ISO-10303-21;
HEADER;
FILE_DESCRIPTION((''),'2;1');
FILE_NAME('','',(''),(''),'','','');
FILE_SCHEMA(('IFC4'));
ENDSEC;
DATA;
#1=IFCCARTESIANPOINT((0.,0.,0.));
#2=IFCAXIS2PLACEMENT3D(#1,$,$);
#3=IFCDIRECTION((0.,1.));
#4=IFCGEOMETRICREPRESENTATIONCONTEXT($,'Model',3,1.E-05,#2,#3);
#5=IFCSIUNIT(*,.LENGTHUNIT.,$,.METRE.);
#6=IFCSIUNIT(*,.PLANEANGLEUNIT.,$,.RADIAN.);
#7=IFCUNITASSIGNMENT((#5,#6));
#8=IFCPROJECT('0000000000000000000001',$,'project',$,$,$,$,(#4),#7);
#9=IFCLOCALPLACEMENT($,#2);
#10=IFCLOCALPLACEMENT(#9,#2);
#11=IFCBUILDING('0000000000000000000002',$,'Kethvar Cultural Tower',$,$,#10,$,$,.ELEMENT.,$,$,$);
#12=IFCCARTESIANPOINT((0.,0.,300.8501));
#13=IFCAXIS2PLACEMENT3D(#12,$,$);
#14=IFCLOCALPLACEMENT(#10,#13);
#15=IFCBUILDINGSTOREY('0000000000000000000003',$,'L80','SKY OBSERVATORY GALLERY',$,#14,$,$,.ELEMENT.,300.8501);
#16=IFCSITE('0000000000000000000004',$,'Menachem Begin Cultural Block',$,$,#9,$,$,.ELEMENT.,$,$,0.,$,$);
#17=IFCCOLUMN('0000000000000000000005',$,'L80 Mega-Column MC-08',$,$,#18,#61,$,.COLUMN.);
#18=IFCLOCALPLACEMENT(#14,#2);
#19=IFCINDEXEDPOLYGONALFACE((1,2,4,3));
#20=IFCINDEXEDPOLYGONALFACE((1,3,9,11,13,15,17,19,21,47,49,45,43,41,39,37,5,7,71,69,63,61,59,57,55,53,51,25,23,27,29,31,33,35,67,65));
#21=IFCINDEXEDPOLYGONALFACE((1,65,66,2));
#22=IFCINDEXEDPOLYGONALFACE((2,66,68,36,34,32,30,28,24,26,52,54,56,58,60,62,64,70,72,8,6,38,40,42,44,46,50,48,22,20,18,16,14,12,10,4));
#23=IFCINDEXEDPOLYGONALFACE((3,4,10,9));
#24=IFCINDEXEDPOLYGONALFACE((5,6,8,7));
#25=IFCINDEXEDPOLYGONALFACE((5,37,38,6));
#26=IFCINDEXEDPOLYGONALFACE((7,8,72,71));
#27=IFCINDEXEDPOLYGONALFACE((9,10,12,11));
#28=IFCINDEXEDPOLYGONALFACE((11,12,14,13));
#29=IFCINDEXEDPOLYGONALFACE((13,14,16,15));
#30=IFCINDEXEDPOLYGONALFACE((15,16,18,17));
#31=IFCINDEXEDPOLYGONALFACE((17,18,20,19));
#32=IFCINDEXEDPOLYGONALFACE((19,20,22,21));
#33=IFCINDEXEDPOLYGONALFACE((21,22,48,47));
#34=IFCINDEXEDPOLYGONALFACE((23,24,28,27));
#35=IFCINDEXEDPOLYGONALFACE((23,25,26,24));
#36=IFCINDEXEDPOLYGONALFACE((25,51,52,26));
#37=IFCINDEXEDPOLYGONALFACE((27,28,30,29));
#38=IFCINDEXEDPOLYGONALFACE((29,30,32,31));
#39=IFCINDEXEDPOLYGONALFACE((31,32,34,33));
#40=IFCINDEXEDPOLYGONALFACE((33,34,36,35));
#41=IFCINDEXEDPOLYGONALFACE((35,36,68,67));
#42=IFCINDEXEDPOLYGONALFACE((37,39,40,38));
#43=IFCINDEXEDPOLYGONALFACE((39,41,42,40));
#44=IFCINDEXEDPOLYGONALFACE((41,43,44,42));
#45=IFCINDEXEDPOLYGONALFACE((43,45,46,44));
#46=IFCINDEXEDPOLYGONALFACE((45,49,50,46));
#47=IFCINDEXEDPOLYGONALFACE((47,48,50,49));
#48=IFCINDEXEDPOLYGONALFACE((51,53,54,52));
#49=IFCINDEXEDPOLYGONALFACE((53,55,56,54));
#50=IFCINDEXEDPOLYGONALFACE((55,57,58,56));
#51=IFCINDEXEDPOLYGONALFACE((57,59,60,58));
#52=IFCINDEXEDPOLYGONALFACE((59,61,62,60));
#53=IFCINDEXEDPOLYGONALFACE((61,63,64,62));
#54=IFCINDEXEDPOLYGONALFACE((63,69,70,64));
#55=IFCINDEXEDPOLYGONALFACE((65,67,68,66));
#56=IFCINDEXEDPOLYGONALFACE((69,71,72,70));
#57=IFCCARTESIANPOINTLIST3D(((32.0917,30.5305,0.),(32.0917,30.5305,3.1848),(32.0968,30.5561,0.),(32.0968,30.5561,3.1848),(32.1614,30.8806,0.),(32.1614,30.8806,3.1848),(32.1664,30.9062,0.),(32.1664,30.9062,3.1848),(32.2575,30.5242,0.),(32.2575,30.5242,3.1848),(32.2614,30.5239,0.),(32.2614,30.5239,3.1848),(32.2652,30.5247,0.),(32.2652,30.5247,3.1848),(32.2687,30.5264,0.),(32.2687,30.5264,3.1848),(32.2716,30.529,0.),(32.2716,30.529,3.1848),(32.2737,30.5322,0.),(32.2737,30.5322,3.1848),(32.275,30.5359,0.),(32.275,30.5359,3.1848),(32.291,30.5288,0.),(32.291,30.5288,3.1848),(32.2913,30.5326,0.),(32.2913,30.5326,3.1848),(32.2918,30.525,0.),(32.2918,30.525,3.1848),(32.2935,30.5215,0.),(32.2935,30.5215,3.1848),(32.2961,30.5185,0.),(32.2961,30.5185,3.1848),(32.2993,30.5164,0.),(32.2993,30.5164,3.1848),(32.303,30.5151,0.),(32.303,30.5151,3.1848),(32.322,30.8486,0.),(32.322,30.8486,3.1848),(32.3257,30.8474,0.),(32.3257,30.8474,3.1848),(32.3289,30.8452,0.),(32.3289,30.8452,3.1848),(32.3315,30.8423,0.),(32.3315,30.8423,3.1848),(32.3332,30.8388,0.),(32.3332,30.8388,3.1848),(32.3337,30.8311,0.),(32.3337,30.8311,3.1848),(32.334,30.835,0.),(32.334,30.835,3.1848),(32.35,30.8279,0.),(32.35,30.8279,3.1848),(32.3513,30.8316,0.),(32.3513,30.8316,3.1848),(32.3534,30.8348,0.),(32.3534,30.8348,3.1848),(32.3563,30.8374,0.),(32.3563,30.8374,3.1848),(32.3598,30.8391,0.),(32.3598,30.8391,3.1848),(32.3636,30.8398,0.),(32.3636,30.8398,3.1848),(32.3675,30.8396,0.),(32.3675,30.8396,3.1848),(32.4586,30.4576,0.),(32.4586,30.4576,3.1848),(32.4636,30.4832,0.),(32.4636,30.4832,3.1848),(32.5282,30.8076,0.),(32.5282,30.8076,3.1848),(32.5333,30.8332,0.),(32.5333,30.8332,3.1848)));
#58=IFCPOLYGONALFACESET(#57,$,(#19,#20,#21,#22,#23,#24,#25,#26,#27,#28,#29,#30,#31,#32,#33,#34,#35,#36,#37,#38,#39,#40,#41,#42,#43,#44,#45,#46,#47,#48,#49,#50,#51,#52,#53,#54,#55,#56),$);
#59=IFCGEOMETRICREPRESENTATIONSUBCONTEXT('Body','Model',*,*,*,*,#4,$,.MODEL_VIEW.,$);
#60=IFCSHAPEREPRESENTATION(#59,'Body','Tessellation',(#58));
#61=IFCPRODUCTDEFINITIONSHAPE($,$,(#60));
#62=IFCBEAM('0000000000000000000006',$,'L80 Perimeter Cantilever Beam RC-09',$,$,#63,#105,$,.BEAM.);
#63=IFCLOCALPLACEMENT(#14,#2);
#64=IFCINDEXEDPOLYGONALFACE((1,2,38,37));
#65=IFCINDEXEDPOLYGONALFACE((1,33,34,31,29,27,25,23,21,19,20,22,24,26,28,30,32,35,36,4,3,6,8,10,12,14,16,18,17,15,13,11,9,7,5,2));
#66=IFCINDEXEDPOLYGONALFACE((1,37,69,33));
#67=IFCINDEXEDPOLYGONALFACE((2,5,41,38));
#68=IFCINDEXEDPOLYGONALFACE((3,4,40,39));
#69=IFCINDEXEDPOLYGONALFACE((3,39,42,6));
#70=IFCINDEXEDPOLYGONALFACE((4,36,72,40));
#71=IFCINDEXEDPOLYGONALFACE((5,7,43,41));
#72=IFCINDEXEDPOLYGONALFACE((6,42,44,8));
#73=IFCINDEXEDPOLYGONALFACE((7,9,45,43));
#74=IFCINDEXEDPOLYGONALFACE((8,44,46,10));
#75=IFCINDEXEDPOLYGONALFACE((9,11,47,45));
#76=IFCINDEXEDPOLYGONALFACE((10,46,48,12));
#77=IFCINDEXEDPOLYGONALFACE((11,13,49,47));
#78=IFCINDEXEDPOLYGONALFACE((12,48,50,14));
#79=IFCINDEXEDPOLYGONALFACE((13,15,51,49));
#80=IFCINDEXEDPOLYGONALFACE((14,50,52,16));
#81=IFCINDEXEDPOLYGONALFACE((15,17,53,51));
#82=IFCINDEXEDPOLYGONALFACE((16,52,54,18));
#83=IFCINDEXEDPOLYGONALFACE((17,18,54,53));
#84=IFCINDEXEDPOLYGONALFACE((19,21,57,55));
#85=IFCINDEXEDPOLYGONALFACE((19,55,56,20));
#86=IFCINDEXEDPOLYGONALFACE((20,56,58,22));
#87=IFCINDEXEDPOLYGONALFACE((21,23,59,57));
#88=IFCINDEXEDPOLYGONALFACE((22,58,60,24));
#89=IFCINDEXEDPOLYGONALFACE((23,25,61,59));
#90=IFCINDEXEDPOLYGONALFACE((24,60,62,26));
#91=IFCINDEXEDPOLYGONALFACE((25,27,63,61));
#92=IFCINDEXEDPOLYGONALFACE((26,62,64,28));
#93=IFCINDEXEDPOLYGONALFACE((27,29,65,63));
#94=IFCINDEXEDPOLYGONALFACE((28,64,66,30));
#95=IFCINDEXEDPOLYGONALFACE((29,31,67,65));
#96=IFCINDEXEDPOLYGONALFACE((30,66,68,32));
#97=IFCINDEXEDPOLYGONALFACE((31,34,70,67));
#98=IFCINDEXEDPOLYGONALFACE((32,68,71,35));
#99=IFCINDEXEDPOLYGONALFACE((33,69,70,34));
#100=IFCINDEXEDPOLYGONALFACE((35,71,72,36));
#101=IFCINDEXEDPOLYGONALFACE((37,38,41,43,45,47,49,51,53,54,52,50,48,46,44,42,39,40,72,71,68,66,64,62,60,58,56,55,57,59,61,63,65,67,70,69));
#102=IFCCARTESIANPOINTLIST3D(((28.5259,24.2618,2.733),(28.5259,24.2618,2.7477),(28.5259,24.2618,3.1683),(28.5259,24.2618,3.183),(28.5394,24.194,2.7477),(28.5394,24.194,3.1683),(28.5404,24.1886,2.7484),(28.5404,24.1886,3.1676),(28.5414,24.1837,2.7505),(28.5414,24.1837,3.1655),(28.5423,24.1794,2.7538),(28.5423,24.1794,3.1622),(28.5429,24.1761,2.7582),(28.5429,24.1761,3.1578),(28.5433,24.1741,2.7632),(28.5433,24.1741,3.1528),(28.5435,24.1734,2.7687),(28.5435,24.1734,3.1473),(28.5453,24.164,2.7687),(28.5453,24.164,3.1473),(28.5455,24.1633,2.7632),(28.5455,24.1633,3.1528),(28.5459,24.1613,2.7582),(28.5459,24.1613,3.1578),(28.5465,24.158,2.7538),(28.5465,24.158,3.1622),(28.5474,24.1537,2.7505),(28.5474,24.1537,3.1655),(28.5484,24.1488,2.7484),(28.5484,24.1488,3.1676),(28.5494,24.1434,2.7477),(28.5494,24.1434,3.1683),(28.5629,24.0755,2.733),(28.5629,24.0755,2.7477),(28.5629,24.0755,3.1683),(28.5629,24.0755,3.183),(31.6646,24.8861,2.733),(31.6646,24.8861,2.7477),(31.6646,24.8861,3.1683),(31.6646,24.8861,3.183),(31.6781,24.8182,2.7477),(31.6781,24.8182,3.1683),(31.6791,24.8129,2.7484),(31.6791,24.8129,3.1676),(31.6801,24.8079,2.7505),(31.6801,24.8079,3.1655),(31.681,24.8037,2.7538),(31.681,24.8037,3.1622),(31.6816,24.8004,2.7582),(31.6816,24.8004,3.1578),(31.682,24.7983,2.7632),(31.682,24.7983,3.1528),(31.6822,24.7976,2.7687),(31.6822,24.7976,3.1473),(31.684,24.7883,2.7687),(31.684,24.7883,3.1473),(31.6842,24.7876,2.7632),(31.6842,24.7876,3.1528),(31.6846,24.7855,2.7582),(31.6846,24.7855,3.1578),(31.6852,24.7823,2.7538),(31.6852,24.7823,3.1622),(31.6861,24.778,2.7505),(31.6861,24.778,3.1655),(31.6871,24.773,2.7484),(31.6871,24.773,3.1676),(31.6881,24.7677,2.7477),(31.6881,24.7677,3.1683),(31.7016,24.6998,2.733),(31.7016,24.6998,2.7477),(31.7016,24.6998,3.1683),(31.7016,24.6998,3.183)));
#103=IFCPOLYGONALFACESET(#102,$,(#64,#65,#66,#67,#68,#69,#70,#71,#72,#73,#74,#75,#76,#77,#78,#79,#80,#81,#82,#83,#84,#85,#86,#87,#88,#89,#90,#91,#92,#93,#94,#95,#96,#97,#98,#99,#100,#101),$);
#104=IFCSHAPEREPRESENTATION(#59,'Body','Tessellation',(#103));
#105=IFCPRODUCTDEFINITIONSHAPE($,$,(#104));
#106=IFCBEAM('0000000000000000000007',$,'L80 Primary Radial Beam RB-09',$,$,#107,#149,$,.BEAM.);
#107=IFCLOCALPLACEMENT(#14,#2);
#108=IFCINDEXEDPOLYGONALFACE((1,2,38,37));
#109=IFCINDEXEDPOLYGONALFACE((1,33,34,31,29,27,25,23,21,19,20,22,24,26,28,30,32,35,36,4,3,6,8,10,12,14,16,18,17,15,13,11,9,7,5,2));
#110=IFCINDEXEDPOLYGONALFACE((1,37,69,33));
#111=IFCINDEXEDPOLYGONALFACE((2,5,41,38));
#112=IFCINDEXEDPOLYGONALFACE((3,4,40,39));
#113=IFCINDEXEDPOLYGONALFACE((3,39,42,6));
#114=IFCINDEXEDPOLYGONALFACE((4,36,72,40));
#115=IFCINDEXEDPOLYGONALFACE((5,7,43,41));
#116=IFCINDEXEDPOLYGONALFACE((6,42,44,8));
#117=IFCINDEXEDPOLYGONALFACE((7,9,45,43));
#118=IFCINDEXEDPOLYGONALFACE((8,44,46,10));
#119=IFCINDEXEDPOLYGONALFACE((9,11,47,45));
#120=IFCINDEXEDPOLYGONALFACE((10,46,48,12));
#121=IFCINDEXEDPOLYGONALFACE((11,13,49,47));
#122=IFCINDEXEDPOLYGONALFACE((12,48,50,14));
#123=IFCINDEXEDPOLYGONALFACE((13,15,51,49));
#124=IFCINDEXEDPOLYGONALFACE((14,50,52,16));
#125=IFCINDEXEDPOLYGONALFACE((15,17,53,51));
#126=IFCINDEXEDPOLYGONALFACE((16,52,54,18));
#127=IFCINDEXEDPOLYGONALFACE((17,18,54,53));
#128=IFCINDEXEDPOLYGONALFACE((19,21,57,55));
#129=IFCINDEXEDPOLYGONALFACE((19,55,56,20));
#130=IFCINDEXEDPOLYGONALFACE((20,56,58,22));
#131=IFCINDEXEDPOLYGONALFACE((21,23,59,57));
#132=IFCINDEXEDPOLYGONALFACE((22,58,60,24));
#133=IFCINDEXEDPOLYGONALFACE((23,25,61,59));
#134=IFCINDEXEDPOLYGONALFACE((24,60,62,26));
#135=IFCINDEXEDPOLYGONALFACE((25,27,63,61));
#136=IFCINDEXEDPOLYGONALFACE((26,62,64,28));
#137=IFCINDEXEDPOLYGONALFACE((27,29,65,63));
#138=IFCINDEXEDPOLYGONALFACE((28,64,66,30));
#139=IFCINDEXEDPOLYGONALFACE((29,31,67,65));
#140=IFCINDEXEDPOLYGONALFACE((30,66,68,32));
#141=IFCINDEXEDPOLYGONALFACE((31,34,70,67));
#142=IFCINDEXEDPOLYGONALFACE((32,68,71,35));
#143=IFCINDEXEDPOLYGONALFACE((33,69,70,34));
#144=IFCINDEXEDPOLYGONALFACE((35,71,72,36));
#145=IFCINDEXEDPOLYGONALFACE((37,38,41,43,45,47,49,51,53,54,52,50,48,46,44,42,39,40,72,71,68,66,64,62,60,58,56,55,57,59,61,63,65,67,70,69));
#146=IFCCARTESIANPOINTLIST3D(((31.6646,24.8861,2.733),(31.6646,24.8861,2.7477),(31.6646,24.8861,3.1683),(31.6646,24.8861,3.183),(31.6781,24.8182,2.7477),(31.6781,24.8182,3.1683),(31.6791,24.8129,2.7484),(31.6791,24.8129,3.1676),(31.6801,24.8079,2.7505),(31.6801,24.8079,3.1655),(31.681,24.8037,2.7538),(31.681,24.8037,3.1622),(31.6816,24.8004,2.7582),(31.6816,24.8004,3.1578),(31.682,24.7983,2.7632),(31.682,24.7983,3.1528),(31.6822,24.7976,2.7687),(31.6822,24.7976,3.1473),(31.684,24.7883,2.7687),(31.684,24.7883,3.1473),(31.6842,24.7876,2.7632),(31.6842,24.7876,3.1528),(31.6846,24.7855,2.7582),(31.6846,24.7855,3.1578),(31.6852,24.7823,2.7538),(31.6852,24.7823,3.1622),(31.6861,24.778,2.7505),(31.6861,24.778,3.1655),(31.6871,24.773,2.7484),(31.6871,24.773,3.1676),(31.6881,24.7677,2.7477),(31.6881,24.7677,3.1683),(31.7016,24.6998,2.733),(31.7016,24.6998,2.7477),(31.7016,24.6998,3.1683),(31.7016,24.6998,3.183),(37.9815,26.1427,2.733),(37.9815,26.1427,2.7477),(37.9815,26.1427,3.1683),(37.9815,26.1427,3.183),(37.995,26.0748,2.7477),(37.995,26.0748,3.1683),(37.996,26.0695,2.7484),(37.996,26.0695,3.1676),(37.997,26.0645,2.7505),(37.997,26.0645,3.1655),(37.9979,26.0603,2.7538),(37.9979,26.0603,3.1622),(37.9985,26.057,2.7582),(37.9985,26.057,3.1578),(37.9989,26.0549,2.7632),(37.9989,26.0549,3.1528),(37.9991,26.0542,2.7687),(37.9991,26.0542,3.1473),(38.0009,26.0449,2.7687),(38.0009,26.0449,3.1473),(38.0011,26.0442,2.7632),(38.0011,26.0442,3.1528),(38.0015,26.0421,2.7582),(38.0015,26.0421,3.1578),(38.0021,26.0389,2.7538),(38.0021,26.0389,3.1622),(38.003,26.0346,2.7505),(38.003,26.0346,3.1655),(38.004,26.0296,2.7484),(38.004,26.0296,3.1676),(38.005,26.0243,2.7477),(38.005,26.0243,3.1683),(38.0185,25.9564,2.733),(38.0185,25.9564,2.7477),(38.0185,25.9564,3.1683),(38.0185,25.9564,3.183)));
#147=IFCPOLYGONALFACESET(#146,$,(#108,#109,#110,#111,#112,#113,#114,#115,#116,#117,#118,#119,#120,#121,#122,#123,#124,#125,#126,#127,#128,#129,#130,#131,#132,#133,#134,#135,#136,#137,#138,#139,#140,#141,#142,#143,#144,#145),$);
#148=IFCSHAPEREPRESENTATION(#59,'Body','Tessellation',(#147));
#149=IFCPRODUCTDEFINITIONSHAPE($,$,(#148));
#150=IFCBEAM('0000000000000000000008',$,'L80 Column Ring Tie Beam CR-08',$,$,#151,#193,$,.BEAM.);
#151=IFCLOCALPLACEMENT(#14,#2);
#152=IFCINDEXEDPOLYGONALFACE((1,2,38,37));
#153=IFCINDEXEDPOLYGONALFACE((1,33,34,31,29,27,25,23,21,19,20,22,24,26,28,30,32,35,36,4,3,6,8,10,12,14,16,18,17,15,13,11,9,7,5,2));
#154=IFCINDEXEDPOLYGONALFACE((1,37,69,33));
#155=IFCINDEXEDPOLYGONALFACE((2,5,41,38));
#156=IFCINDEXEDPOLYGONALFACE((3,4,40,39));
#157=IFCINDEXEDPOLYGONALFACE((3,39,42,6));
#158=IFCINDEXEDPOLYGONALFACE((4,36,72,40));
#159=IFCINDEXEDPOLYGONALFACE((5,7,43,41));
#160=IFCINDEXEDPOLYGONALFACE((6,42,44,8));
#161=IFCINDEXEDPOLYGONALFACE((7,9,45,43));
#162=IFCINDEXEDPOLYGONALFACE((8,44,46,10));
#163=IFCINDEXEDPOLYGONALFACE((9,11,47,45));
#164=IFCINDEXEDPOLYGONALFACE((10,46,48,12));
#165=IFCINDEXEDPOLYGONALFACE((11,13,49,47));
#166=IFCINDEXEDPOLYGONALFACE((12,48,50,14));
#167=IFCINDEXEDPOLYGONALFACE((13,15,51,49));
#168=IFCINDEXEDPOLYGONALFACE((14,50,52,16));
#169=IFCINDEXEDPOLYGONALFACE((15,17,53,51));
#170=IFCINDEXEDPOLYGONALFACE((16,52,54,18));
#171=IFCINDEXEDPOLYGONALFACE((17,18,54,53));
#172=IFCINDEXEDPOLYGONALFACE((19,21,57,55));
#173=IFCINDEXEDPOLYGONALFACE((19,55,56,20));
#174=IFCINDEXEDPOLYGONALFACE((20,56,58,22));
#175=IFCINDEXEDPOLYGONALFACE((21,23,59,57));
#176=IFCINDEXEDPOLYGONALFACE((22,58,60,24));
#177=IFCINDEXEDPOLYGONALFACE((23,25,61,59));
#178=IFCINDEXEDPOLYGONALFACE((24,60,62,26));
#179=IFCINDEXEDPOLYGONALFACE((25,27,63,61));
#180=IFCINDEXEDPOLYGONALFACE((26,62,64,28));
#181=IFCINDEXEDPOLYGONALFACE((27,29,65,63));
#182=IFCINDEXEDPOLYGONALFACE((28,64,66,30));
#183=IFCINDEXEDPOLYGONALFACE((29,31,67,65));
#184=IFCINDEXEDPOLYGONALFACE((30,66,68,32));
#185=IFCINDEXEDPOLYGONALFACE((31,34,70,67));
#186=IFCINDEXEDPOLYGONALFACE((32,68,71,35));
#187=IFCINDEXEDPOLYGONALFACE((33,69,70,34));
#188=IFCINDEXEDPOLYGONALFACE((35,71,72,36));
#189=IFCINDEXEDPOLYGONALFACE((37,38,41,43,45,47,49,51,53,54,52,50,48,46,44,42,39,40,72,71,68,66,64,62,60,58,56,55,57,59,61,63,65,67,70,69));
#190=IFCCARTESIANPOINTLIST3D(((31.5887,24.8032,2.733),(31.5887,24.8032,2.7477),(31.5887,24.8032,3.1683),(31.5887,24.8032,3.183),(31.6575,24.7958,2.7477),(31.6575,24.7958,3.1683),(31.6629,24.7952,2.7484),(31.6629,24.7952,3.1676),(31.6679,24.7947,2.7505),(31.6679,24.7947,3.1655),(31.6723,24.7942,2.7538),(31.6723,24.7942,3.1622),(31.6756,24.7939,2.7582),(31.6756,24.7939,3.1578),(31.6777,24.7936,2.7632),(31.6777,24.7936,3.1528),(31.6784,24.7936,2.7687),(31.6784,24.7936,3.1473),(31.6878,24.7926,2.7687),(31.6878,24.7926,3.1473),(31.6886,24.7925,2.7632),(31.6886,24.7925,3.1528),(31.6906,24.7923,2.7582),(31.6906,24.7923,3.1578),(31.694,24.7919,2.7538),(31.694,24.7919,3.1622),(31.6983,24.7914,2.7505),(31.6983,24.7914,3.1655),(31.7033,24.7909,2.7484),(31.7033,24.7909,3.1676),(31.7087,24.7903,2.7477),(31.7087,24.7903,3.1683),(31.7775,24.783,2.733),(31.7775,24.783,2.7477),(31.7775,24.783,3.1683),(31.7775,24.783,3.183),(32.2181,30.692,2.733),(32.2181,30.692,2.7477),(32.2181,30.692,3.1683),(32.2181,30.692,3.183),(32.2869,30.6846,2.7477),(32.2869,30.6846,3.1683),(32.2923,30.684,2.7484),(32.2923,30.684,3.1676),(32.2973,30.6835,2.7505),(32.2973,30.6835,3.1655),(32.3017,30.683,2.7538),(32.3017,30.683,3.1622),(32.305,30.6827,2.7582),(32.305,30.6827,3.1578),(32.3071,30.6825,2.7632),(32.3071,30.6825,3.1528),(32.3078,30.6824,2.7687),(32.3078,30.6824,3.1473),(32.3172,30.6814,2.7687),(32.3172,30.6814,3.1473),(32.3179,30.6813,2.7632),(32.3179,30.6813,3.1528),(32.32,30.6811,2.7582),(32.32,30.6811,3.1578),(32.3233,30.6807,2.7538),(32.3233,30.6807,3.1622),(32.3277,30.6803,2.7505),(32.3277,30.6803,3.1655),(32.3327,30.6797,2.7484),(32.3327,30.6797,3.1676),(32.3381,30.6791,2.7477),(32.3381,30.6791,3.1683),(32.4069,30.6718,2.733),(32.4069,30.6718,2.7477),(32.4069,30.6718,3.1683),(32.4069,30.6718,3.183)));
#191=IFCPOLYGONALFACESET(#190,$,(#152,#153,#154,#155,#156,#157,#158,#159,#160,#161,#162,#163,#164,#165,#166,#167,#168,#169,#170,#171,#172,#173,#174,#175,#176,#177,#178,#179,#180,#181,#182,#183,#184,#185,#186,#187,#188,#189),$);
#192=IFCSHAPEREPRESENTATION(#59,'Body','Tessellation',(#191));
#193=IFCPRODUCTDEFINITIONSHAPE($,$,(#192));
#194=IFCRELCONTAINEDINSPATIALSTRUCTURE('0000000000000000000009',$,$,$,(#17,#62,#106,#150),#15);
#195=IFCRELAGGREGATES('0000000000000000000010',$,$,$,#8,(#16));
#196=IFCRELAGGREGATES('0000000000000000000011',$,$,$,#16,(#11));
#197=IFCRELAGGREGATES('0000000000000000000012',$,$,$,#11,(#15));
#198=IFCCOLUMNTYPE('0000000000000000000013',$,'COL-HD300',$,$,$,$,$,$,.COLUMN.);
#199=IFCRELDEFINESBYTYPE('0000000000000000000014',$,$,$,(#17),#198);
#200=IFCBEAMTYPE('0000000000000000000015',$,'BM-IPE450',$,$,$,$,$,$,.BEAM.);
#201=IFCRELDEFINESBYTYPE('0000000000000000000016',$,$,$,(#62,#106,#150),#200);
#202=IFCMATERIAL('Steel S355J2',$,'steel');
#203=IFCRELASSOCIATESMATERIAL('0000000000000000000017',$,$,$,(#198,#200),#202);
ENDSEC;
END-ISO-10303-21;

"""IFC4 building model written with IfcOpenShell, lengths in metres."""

from ifc_helpers import new_model, si_unit, direction, frame, origin, origin_2d, place, context, subcontext, project, spatial, i_section, extrude, source, transform, mapped, material, material_profile, profile_set, type_object, element, save


model = new_model("IFC4")

# Units and contexts
model_context = context("Model", 3, precision=1e-05, world=origin(), true_north=direction((0.0, 1.0)))
body_context = subcontext(model_context, "Body", "Model", "MODEL_VIEW")
ifc_project = project(units=[si_unit("LENGTHUNIT", "METRE"), si_unit("PLANEANGLEUNIT", "RADIAN")], contexts=[model_context])

# Site, building, storey
site_placement = place(None, origin())
site = spatial("IfcSite", under=ifc_project, at=site_placement, Name="Menachem Begin Cultural Block", CompositionType="ELEMENT", RefElevation=0.0)
building_placement = place(site_placement, origin())
building = spatial("IfcBuilding", under=site, at=building_placement, Name="Kethvar Cultural Tower", CompositionType="ELEMENT")
storey_placement = place(building_placement, frame((0.0, 0.0, 300.8501)))
storey = spatial("IfcBuildingStorey", under=building, at=storey_placement, Name="L80", Description="SKY OBSERVATORY GALLERY", CompositionType="ELEMENT", Elevation=300.8501)

# Column
ifc_material_1 = material(Name="Steel S355J2", Category="steel")
ifc_material_profile_1 = material_profile(ifc_material_1, i_section(OverallWidth=0.374, OverallDepth=0.3831, WebThickness=0.0166, FlangeThickness=0.0261, FilletRadius=0.0149, at=origin_2d()), Name="Steel S355J2 — HD360x300")
ifc_profile_set_1 = profile_set([ifc_material_profile_1], Name="Steel S355J2 — HD360x300")
column_type = type_object("IfcColumnType", Name="COL-HD300", PredefinedType="COLUMN", material=ifc_profile_set_1)
shared_shape_1 = source(origin(), body_context, "Body", "SweptSolid", [
    extrude(i_section(OverallWidth=0.374, OverallDepth=0.3831, WebThickness=0.0166, FlangeThickness=0.0261, FilletRadius=0.0149, at=origin_2d()), origin(), (0.0, 0.0, 1.0), 3.1848),
])
column_placement = place(storey_placement, frame((32.3125, 30.6819, 0.0), z_axis=(0.0, 0.0, 1.0), x_axis=(-0.980785, 0.19509, 0.0)))
element("IfcColumn", 1, at=column_placement, inside=storey, type_object=column_type, Name="L80 Mega-Column MC-08", PredefinedType="COLUMN", context=body_context, shape_type="MappedRepresentation", body=[
    mapped(shared_shape_1, transform((0.0, 0.0, 0.0), scale=1.0)),
])

# Beams
ifc_material_profile_2 = material_profile(ifc_material_1, i_section(OverallWidth=0.1899, OverallDepth=0.45, WebThickness=0.0095, FlangeThickness=0.0146, FilletRadius=0.021, at=origin_2d()), Name="Steel S355J2 — IPE450")
ifc_profile_set_2 = profile_set([ifc_material_profile_2], Name="Steel S355J2 — IPE450")
beam_type_1 = type_object("IfcBeamType", Name="BM-IPE450", PredefinedType="BEAM", material=ifc_profile_set_2)
shared_shape_2 = source(origin(), body_context, "Body", "SweptSolid", [
    extrude(i_section(OverallWidth=0.1899, OverallDepth=0.45, WebThickness=0.0095, FlangeThickness=0.0146, FilletRadius=0.021, at=origin_2d()), origin(), (0.0, 0.0, 1.0), 3.2002),
])
beam_1_placement = place(storey_placement, frame((31.6831, 24.793, 2.958), z_axis=(-0.980788, -0.195074, 0.0), x_axis=(0.195074, -0.980788, 0.0)))
element("IfcBeam", 2, at=beam_1_placement, inside=storey, type_object=beam_type_1, Name="L80 Perimeter Cantilever Beam RC-09", PredefinedType="BEAM", context=body_context, shape_type="MappedRepresentation", body=[
    mapped(shared_shape_2, transform((0.0, 0.0, 0.0), scale=1.0)),
])
shared_shape_3 = source(origin(), body_context, "Body", "SweptSolid", [
    extrude(i_section(OverallWidth=0.1899, OverallDepth=0.45, WebThickness=0.0095, FlangeThickness=0.0146, FilletRadius=0.021, at=origin_2d()), origin(), (0.0, 0.0, 1.0), 6.4407),
])
beam_2_placement = place(storey_placement, frame((38.0, 26.0496, 2.958), z_axis=(-0.980783, -0.195103, 0.0), x_axis=(0.195103, -0.980783, 0.0)))
element("IfcBeam", 3, at=beam_2_placement, inside=storey, type_object=beam_type_1, Name="L80 Primary Radial Beam RB-09", PredefinedType="BEAM", context=body_context, shape_type="MappedRepresentation", body=[
    mapped(shared_shape_3, transform((0.0, 0.0, 0.0), scale=1.0)),
])
shared_shape_4 = source(origin(), body_context, "Body", "SweptSolid", [
    extrude(i_section(OverallWidth=0.1899, OverallDepth=0.45, WebThickness=0.0095, FlangeThickness=0.0146, FilletRadius=0.021, at=origin_2d()), origin(), (0.0, 0.0, 1.0), 5.9224),
])
beam_3_placement = place(storey_placement, frame((32.3125, 30.6819, 2.958), z_axis=(-0.106273, -0.994337, 0.0), x_axis=(0.994337, -0.106273, 0.0)))
element("IfcBeam", 4, at=beam_3_placement, inside=storey, type_object=beam_type_1, Name="L80 Column Ring Tie Beam CR-08", PredefinedType="BEAM", context=body_context, shape_type="MappedRepresentation", body=[
    mapped(shared_shape_4, transform((0.0, 0.0, 0.0), scale=1.0)),
])

save(model, "model.ifc")
